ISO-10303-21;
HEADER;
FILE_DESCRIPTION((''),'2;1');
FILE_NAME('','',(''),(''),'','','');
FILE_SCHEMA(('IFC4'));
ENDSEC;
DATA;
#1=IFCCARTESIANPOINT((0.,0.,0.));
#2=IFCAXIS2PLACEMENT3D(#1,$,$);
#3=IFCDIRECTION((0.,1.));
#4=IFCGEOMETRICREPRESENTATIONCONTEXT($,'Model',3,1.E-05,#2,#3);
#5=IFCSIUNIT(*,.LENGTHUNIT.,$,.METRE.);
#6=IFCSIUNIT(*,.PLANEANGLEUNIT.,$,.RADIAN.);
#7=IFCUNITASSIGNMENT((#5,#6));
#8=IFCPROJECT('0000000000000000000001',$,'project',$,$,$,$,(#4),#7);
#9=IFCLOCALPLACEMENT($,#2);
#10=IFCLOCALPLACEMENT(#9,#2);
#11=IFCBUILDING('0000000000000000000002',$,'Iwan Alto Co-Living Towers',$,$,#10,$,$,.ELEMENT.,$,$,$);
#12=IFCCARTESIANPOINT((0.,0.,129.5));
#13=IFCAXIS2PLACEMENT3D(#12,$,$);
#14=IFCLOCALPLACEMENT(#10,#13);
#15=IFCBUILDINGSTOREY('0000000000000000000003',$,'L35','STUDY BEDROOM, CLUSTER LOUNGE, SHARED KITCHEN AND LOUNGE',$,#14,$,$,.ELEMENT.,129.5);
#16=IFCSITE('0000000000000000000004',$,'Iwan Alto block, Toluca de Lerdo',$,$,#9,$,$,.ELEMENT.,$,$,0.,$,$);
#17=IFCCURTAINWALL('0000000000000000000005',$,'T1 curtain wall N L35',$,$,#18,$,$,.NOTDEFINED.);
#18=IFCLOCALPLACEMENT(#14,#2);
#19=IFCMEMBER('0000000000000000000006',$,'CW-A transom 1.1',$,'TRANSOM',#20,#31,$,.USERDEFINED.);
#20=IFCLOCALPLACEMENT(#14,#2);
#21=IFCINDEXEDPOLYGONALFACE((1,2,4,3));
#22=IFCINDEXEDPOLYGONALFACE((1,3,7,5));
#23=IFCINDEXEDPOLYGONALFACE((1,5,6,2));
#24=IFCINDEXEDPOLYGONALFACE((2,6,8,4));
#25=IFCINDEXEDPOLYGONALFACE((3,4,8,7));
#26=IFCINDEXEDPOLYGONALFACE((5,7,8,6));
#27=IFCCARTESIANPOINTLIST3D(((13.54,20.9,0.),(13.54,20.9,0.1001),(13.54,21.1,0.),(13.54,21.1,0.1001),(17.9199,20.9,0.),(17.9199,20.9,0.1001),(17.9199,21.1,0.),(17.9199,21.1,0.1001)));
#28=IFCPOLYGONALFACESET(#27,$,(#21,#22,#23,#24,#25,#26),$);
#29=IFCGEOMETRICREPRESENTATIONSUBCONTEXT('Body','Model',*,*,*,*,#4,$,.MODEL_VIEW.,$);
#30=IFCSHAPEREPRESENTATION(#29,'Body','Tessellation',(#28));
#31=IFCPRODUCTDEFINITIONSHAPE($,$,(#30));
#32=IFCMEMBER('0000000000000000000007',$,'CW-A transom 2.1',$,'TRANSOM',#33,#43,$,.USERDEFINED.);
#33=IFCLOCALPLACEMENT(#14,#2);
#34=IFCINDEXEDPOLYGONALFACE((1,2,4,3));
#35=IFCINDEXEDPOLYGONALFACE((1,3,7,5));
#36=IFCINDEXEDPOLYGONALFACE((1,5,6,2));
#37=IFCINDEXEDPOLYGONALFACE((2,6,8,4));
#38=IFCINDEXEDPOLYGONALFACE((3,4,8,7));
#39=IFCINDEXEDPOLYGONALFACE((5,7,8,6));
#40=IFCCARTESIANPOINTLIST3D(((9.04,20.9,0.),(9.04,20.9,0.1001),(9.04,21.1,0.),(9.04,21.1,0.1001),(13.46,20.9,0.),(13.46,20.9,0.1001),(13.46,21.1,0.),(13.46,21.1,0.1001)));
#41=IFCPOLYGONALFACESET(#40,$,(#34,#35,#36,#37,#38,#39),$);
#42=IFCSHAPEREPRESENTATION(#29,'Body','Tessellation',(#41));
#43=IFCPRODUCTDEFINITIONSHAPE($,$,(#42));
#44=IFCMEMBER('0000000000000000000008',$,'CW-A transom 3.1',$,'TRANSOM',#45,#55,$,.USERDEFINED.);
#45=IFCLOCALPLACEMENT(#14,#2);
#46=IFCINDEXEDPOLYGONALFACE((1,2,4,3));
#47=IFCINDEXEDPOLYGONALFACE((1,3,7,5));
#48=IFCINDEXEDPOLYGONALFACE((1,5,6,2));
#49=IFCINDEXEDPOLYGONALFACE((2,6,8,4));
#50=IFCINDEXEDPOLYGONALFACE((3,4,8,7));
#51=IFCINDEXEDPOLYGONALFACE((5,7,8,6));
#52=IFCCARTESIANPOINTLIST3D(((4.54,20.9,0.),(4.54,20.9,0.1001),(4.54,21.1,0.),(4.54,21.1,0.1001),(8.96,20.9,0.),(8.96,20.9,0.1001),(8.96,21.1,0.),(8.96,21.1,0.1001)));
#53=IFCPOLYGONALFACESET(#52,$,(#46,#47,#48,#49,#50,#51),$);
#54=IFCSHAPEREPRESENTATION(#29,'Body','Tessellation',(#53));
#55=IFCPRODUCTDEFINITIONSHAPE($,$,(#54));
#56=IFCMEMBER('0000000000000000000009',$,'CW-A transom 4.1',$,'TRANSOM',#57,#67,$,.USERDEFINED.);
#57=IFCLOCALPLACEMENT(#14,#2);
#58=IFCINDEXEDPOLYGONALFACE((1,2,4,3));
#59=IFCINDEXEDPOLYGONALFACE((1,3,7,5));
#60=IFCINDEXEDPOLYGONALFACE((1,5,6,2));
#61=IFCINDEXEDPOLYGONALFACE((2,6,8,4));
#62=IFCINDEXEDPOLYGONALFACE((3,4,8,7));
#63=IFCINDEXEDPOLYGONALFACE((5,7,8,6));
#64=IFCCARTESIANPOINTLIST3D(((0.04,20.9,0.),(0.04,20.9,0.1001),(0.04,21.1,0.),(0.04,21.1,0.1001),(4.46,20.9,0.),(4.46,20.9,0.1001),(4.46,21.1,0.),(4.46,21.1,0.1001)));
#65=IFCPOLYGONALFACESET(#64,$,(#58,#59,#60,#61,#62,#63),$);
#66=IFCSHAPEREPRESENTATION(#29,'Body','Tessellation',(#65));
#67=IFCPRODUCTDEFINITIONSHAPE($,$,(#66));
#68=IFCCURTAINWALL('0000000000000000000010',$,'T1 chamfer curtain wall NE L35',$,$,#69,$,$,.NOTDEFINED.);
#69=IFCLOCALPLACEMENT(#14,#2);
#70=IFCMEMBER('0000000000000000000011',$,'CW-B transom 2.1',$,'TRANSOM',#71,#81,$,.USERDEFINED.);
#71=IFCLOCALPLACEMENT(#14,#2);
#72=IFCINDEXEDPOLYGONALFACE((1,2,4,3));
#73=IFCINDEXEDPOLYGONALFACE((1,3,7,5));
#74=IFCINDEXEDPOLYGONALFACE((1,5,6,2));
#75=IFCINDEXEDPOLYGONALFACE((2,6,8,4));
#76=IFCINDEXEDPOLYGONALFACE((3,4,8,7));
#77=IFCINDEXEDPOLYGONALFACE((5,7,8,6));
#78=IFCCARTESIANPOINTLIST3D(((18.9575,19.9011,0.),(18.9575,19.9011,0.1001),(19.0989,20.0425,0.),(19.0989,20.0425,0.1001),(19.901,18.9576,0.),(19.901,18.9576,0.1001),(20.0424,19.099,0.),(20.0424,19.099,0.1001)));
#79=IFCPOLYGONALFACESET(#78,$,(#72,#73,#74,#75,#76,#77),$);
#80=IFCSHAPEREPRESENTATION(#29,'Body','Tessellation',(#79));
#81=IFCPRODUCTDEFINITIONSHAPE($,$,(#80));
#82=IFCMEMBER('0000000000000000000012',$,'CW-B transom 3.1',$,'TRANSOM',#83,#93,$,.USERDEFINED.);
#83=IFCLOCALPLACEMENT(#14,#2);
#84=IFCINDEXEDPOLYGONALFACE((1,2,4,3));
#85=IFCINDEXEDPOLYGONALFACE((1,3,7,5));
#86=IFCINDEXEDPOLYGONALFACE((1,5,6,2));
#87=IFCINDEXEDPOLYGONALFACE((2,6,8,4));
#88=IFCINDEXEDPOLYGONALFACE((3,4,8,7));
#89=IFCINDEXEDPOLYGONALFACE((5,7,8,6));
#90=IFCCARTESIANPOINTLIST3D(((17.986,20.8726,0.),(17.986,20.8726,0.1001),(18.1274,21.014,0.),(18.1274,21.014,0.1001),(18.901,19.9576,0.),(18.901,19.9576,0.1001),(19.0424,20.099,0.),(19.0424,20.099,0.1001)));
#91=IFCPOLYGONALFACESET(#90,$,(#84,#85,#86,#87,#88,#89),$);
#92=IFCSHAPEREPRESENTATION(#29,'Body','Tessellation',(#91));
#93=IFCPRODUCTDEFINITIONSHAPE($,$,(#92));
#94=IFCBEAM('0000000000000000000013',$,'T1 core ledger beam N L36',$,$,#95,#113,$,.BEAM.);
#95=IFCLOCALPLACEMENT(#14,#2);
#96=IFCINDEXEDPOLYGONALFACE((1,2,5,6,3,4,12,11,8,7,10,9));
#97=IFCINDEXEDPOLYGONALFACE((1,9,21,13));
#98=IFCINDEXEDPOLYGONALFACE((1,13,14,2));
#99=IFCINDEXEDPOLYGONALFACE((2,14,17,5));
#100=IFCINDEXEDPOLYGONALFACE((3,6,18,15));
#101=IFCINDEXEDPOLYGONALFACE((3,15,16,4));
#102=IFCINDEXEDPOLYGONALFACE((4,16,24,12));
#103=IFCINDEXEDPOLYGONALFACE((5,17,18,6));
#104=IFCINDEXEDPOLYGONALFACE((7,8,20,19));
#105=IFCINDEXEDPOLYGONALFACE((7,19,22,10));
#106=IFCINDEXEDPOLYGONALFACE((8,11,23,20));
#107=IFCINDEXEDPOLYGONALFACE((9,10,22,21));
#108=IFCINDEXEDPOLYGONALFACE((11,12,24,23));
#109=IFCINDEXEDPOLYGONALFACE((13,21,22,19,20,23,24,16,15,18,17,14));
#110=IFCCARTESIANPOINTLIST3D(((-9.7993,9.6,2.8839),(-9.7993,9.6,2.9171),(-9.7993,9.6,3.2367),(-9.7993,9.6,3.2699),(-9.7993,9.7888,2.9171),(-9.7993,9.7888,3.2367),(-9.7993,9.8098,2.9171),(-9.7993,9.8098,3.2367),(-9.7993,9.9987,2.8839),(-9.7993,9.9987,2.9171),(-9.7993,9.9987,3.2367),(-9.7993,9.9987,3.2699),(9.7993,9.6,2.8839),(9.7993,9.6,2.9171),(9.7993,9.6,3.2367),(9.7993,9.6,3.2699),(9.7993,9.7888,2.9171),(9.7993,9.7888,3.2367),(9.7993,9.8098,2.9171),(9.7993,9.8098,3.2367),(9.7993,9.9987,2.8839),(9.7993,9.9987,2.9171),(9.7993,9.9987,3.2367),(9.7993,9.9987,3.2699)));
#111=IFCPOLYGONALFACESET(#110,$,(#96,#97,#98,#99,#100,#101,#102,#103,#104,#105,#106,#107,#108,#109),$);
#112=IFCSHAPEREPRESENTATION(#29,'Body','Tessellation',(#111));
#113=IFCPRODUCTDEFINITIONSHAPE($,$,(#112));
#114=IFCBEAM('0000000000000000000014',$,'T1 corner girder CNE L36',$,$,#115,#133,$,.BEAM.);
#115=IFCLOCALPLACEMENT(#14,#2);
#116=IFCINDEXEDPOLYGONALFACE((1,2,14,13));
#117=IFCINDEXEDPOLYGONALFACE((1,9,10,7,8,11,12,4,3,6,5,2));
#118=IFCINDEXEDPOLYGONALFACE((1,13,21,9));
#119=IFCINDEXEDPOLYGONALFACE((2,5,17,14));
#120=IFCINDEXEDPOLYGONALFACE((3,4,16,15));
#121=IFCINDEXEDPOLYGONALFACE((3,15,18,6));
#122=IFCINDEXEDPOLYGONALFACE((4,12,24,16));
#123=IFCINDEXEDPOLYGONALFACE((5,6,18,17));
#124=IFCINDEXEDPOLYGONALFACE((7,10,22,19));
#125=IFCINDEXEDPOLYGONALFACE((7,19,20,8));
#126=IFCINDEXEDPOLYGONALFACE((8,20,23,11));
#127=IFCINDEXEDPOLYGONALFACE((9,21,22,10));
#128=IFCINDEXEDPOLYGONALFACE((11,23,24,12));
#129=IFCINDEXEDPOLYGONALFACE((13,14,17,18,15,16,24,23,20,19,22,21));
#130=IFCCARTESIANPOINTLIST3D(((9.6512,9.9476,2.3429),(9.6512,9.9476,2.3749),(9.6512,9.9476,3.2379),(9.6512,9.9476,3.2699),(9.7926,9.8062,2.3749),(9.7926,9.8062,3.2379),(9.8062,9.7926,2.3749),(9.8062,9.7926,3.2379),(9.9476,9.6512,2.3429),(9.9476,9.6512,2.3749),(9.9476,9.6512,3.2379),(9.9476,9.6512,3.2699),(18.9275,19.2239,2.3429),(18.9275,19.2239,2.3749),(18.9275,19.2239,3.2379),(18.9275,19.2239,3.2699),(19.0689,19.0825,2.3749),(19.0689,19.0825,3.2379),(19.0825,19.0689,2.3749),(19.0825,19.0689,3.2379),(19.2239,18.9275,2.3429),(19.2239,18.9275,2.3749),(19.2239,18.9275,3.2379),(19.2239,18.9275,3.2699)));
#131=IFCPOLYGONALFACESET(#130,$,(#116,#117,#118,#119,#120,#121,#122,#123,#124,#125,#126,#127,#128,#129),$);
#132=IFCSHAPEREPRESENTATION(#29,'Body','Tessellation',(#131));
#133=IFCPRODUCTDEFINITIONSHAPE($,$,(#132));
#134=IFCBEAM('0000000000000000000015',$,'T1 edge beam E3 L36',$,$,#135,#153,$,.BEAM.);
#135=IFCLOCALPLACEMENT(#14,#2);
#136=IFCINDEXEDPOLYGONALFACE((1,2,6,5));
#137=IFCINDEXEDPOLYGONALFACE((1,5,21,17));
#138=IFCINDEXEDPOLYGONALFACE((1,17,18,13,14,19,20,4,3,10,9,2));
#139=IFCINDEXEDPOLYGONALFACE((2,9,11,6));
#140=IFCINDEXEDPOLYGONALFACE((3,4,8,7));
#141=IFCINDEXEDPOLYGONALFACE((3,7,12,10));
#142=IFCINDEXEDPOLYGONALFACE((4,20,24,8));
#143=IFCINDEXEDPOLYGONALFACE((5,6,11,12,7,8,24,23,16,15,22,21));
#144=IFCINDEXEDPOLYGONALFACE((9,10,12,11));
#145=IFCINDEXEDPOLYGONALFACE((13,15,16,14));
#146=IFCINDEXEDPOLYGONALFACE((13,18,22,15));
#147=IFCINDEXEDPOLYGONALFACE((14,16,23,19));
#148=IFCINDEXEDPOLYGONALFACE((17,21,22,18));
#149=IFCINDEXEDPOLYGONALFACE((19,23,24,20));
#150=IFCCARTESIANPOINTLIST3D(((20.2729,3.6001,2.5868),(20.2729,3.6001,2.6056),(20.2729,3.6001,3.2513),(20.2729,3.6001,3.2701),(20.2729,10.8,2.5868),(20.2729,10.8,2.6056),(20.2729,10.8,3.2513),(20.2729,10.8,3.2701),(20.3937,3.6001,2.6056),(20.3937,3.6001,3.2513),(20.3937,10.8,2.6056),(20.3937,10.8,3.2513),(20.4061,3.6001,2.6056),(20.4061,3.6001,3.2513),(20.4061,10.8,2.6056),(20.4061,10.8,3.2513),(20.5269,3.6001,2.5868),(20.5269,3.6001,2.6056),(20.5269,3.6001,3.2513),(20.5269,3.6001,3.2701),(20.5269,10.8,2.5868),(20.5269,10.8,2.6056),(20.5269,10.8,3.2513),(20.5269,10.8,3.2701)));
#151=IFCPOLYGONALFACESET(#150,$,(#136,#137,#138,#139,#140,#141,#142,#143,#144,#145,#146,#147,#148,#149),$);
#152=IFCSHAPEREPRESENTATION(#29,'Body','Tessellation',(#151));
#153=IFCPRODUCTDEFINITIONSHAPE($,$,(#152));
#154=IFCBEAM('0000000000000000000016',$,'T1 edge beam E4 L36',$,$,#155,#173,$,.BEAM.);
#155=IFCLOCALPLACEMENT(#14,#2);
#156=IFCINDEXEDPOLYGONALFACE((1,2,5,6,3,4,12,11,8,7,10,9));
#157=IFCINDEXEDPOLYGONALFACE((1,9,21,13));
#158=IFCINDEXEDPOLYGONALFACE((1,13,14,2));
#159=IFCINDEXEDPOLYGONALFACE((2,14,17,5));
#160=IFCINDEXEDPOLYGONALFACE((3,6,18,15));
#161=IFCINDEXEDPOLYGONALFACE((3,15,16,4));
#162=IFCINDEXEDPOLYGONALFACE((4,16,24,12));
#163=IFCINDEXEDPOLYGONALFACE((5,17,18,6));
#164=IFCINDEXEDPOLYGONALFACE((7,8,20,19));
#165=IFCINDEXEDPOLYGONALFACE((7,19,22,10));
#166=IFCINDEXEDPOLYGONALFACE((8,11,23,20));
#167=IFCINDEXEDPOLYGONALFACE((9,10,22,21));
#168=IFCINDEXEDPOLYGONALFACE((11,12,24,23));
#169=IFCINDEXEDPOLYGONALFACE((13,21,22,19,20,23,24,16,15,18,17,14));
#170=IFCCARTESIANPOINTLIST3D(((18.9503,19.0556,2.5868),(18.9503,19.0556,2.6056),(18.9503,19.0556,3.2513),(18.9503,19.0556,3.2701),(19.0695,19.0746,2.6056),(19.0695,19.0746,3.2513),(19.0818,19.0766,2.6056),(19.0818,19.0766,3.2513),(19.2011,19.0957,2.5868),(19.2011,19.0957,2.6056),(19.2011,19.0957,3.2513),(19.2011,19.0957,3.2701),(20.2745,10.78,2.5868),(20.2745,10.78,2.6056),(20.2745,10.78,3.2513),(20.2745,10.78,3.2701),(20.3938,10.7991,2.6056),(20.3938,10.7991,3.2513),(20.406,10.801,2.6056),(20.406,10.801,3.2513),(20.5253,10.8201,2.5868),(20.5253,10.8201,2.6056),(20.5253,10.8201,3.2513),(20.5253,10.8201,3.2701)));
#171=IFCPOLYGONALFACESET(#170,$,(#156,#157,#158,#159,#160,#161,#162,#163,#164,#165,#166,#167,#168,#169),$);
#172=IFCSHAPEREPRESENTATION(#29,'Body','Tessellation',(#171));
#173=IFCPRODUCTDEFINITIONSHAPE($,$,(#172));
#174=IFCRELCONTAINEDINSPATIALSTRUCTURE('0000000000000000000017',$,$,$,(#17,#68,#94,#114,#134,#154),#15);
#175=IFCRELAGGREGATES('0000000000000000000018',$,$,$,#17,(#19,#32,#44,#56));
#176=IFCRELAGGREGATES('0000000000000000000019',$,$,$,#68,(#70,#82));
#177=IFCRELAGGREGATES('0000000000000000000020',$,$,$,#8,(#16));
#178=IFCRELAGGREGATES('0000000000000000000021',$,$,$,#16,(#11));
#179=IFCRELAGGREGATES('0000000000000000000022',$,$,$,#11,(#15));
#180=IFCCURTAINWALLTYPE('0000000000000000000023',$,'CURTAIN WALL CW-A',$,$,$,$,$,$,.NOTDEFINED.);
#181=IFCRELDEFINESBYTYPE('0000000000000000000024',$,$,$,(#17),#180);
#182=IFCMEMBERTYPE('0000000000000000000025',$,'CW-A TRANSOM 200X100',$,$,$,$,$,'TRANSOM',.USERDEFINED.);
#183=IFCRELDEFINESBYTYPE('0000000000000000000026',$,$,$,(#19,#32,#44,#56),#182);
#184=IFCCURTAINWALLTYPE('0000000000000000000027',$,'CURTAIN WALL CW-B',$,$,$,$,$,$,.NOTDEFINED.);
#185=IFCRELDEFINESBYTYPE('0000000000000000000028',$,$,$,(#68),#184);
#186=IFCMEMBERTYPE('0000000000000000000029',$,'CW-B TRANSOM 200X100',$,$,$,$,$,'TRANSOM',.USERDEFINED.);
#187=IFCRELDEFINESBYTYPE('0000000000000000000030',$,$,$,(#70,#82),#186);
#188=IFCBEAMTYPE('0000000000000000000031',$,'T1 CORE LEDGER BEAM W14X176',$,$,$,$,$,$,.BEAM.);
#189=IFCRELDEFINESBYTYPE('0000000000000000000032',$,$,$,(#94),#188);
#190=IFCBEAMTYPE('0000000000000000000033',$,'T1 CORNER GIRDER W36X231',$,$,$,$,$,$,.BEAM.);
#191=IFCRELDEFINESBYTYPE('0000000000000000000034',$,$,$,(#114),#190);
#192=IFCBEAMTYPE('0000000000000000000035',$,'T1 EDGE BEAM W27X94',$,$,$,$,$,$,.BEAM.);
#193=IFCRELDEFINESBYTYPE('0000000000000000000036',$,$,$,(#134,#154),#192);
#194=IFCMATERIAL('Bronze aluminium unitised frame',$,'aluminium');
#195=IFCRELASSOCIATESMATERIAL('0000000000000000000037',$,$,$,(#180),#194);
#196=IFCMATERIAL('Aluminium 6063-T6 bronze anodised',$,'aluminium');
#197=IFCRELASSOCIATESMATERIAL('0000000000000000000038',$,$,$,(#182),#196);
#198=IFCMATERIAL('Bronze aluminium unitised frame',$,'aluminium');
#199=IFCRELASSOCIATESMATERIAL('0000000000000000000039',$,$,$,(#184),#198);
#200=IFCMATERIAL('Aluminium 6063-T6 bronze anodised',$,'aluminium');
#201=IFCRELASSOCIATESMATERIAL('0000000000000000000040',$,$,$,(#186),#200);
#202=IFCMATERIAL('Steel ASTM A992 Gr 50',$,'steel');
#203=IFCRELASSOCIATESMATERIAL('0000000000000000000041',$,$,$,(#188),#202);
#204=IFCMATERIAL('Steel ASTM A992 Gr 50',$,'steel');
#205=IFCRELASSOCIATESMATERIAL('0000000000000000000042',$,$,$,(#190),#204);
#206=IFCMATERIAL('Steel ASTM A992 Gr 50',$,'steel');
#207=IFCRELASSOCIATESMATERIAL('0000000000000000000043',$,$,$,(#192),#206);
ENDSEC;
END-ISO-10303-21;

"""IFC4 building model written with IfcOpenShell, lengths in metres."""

from ifc_helpers import new_model, si_unit, direction, frame, origin, origin_2d, place, context, subcontext, project, spatial, rectangle, i_section, extrude, material, material_profile, profile_set, type_object, element, aggregate, save


model = new_model("IFC4")

# Units and contexts
model_context = context("Model", 3, precision=1e-05, world=origin(), true_north=direction((0.0, 1.0)))
body_context = subcontext(model_context, "Body", "Model", "MODEL_VIEW")
ifc_project = project(units=[si_unit("LENGTHUNIT", "METRE"), si_unit("PLANEANGLEUNIT", "RADIAN")], contexts=[model_context])

# Site, building, storey
site_placement = place(None, origin())
site = spatial("IfcSite", under=ifc_project, at=site_placement, Name="Iwan Alto block, Toluca de Lerdo", CompositionType="ELEMENT", RefElevation=0.0)
building_placement = place(site_placement, origin())
building = spatial("IfcBuilding", under=site, at=building_placement, Name="Iwan Alto Co-Living Towers", CompositionType="ELEMENT")
storey_placement = place(building_placement, frame((0.0, 0.0, 129.5)))
storey = spatial("IfcBuildingStorey", under=building, at=storey_placement, Name="L35", Description="STUDY BEDROOM, CLUSTER LOUNGE, SHARED KITCHEN AND LOUNGE", CompositionType="ELEMENT", Elevation=129.5)

# Curtain walls, members
ifc_material_1 = material(Name="Bronze aluminium unitised frame", Category="aluminium")
curtain_wall_type_1 = type_object("IfcCurtainWallType", Name="CURTAIN WALL CW-A", PredefinedType="NOTDEFINED", material=ifc_material_1)
curtain_wall_1_placement = place(storey_placement, origin())
curtain_wall_1 = element("IfcCurtainWall", 1, at=curtain_wall_1_placement, inside=storey, type_object=curtain_wall_type_1, Name="T1 curtain wall N L35", PredefinedType="NOTDEFINED")
ifc_material_2 = material(Name="Aluminium 6063-T6 bronze anodised", Category="aluminium")
ifc_material_profile_1 = material_profile(ifc_material_2, rectangle(XDim=0.2, YDim=0.1001, at=origin_2d()), Name="AL 200X100")
ifc_profile_set_1 = profile_set([ifc_material_profile_1], Name="Aluminium 6063-T6 bronze anodised")
member_type_1 = type_object("IfcMemberType", Name="CW-A TRANSOM 200X100", ElementType="TRANSOM", PredefinedType="USERDEFINED", material=ifc_profile_set_1)
member_1_placement = place(storey_placement, frame((17.9199, 21.0, 0.05), z_axis=(-1.0, 0.0, 0.0), x_axis=(0.0, -1.0, 0.0)))
member_1 = element("IfcMember", 2, at=member_1_placement, type_object=member_type_1, Name="CW-A transom 1.1", ObjectType="TRANSOM", PredefinedType="USERDEFINED", context=body_context, shape_type="SweptSolid", body=[
    extrude(rectangle(XDim=0.2, YDim=0.1001, at=origin_2d()), origin(), (0.0, 0.0, 1.0), 4.3799),
])
member_2_placement = place(storey_placement, frame((13.46, 21.0, 0.05), z_axis=(-1.0, 0.0, 0.0), x_axis=(0.0, -1.0, 0.0)))
member_2 = element("IfcMember", 3, at=member_2_placement, type_object=member_type_1, Name="CW-A transom 2.1", ObjectType="TRANSOM", PredefinedType="USERDEFINED", context=body_context, shape_type="SweptSolid", body=[
    extrude(rectangle(XDim=0.2, YDim=0.1001, at=origin_2d()), origin(), (0.0, 0.0, 1.0), 4.4199),
])
member_3_placement = place(storey_placement, frame((8.96, 21.0, 0.05), z_axis=(-1.0, 0.0, 0.0), x_axis=(0.0, -1.0, 0.0)))
member_3 = element("IfcMember", 4, at=member_3_placement, type_object=member_type_1, Name="CW-A transom 3.1", ObjectType="TRANSOM", PredefinedType="USERDEFINED", context=body_context, shape_type="SweptSolid", body=[
    extrude(rectangle(XDim=0.2, YDim=0.1001, at=origin_2d()), origin(), (0.0, 0.0, 1.0), 4.4199),
])
member_4_placement = place(storey_placement, frame((4.46, 21.0, 0.05), z_axis=(-1.0, 0.0, 0.0), x_axis=(0.0, -1.0, 0.0)))
member_4 = element("IfcMember", 5, at=member_4_placement, type_object=member_type_1, Name="CW-A transom 4.1", ObjectType="TRANSOM", PredefinedType="USERDEFINED", context=body_context, shape_type="SweptSolid", body=[
    extrude(rectangle(XDim=0.2, YDim=0.1001, at=origin_2d()), origin(), (0.0, 0.0, 1.0), 4.4199),
])
ifc_material_3 = material(Name="Bronze aluminium unitised frame", Category="aluminium")
curtain_wall_type_2 = type_object("IfcCurtainWallType", Name="CURTAIN WALL CW-B", PredefinedType="NOTDEFINED", material=ifc_material_3)
curtain_wall_2_placement = place(storey_placement, origin())
curtain_wall_2 = element("IfcCurtainWall", 6, at=curtain_wall_2_placement, inside=storey, type_object=curtain_wall_type_2, Name="T1 chamfer curtain wall NE L35", PredefinedType="NOTDEFINED")
ifc_material_4 = material(Name="Aluminium 6063-T6 bronze anodised", Category="aluminium")
ifc_material_profile_2 = material_profile(ifc_material_4, rectangle(XDim=0.2, YDim=0.1001, at=origin_2d()), Name="AL 200X100")
ifc_profile_set_2 = profile_set([ifc_material_profile_2], Name="Aluminium 6063-T6 bronze anodised")
member_type_2 = type_object("IfcMemberType", Name="CW-B TRANSOM 200X100", ElementType="TRANSOM", PredefinedType="USERDEFINED", material=ifc_profile_set_2)
member_5_placement = place(storey_placement, frame((19.9717, 19.0283, 0.05), z_axis=(-0.707107, 0.707107, 0.0), x_axis=(-0.707107, -0.707107, 0.0)))
member_5 = element("IfcMember", 7, at=member_5_placement, type_object=member_type_2, Name="CW-B transom 2.1", ObjectType="TRANSOM", PredefinedType="USERDEFINED", context=body_context, shape_type="SweptSolid", body=[
    extrude(rectangle(XDim=0.2, YDim=0.1001, at=origin_2d()), origin(), (0.0, 0.0, 1.0), 1.3342),
])
member_6_placement = place(storey_placement, frame((18.9717, 20.0283, 0.05), z_axis=(-0.707107, 0.707107, 0.0), x_axis=(-0.707107, -0.707107, 0.0)))
member_6 = element("IfcMember", 8, at=member_6_placement, type_object=member_type_2, Name="CW-B transom 3.1", ObjectType="TRANSOM", PredefinedType="USERDEFINED", context=body_context, shape_type="SweptSolid", body=[
    extrude(rectangle(XDim=0.2, YDim=0.1001, at=origin_2d()), origin(), (0.0, 0.0, 1.0), 1.2939),
])

# Beams
ifc_material_5 = material(Name="Steel ASTM A992 Gr 50", Category="steel")
ifc_material_profile_3 = material_profile(ifc_material_5, i_section(OverallWidth=0.3987, OverallDepth=0.386, WebThickness=0.021, FlangeThickness=0.0332, at=origin_2d()), Name="W14X176")
ifc_profile_set_3 = profile_set([ifc_material_profile_3], Name="Steel ASTM A992 Gr 50")
beam_type_1 = type_object("IfcBeamType", Name="T1 CORE LEDGER BEAM W14X176", PredefinedType="BEAM", material=ifc_profile_set_3)
beam_1_placement = place(storey_placement, frame((9.7993, 9.7993, 3.0769), z_axis=(-1.0, 0.0, 0.0), x_axis=(0.0, -1.0, 0.0)))
element("IfcBeam", 9, at=beam_1_placement, inside=storey, type_object=beam_type_1, Name="T1 core ledger beam N L36", PredefinedType="BEAM", context=body_context, shape_type="SweptSolid", body=[
    extrude(i_section(OverallWidth=0.3987, OverallDepth=0.386, WebThickness=0.021, FlangeThickness=0.0332, at=origin_2d()), origin(), (0.0, 0.0, 1.0), 19.5986),
])
ifc_material_6 = material(Name="Steel ASTM A992 Gr 50", Category="steel")
ifc_material_profile_4 = material_profile(ifc_material_6, i_section(OverallWidth=0.4192, OverallDepth=0.927, WebThickness=0.0193, FlangeThickness=0.032, at=origin_2d()), Name="W36X231")
ifc_profile_set_4 = profile_set([ifc_material_profile_4], Name="Steel ASTM A992 Gr 50")
beam_type_2 = type_object("IfcBeamType", Name="T1 CORNER GIRDER W36X231", PredefinedType="BEAM", material=ifc_profile_set_4)
beam_2_placement = place(storey_placement, frame((19.0757, 19.0757, 2.8064), z_axis=(-0.707107, -0.707107, 0.0), x_axis=(0.707107, -0.707107, 0.0)))
element("IfcBeam", 10, at=beam_2_placement, inside=storey, type_object=beam_type_2, Name="T1 corner girder CNE L36", PredefinedType="BEAM", context=body_context, shape_type="SweptSolid", body=[
    extrude(i_section(OverallWidth=0.4192, OverallDepth=0.927, WebThickness=0.0193, FlangeThickness=0.032, at=origin_2d()), origin(), (0.0, 0.0, 1.0), 13.1187),
])
ifc_material_7 = material(Name="Steel ASTM A992 Gr 50", Category="steel")
ifc_material_profile_5 = material_profile(ifc_material_7, i_section(OverallWidth=0.2539, OverallDepth=0.6833, WebThickness=0.0125, FlangeThickness=0.0188, at=origin_2d()), Name="W27X94")
ifc_profile_set_5 = profile_set([ifc_material_profile_5], Name="Steel ASTM A992 Gr 50")
beam_type_3 = type_object("IfcBeamType", Name="T1 EDGE BEAM W27X94", PredefinedType="BEAM", material=ifc_profile_set_5)
beam_3_placement = place(storey_placement, frame((20.3999, 3.6001, 2.9285), z_axis=(0.0, 1.0, 0.0), x_axis=(-1.0, 0.0, 0.0)))
element("IfcBeam", 11, at=beam_3_placement, inside=storey, type_object=beam_type_3, Name="T1 edge beam E3 L36", PredefinedType="BEAM", context=body_context, shape_type="SweptSolid", body=[
    extrude(i_section(OverallWidth=0.2539, OverallDepth=0.6833, WebThickness=0.0125, FlangeThickness=0.0188, at=origin_2d()), origin(), (0.0, 0.0, 1.0), 7.2),
])
for number, where, z_axis, x_axis, name in (
    (12, (20.3999, 10.8, 2.9285), (-0.158004, 0.987438, 0.0), (-0.987438, -0.158004, 0.0), "T1 edge beam E4 L36"),
):
    element("IfcBeam", number, at=place(storey_placement, frame(where, z_axis=z_axis, x_axis=x_axis)), inside=storey, type_object=beam_type_3, Name=name, PredefinedType="BEAM", context=body_context, shape_type="SweptSolid", body=[
        extrude(i_section(OverallWidth=0.2539, OverallDepth=0.6833, WebThickness=0.0125, FlangeThickness=0.0188, at=origin_2d()), origin(), (0.0, 0.0, 1.0), 8.3809),
    ])

aggregate(curtain_wall_1, [member_1, member_2, member_3, member_4])
aggregate(curtain_wall_2, [member_5, member_6])

save(model, "model.ifc")
